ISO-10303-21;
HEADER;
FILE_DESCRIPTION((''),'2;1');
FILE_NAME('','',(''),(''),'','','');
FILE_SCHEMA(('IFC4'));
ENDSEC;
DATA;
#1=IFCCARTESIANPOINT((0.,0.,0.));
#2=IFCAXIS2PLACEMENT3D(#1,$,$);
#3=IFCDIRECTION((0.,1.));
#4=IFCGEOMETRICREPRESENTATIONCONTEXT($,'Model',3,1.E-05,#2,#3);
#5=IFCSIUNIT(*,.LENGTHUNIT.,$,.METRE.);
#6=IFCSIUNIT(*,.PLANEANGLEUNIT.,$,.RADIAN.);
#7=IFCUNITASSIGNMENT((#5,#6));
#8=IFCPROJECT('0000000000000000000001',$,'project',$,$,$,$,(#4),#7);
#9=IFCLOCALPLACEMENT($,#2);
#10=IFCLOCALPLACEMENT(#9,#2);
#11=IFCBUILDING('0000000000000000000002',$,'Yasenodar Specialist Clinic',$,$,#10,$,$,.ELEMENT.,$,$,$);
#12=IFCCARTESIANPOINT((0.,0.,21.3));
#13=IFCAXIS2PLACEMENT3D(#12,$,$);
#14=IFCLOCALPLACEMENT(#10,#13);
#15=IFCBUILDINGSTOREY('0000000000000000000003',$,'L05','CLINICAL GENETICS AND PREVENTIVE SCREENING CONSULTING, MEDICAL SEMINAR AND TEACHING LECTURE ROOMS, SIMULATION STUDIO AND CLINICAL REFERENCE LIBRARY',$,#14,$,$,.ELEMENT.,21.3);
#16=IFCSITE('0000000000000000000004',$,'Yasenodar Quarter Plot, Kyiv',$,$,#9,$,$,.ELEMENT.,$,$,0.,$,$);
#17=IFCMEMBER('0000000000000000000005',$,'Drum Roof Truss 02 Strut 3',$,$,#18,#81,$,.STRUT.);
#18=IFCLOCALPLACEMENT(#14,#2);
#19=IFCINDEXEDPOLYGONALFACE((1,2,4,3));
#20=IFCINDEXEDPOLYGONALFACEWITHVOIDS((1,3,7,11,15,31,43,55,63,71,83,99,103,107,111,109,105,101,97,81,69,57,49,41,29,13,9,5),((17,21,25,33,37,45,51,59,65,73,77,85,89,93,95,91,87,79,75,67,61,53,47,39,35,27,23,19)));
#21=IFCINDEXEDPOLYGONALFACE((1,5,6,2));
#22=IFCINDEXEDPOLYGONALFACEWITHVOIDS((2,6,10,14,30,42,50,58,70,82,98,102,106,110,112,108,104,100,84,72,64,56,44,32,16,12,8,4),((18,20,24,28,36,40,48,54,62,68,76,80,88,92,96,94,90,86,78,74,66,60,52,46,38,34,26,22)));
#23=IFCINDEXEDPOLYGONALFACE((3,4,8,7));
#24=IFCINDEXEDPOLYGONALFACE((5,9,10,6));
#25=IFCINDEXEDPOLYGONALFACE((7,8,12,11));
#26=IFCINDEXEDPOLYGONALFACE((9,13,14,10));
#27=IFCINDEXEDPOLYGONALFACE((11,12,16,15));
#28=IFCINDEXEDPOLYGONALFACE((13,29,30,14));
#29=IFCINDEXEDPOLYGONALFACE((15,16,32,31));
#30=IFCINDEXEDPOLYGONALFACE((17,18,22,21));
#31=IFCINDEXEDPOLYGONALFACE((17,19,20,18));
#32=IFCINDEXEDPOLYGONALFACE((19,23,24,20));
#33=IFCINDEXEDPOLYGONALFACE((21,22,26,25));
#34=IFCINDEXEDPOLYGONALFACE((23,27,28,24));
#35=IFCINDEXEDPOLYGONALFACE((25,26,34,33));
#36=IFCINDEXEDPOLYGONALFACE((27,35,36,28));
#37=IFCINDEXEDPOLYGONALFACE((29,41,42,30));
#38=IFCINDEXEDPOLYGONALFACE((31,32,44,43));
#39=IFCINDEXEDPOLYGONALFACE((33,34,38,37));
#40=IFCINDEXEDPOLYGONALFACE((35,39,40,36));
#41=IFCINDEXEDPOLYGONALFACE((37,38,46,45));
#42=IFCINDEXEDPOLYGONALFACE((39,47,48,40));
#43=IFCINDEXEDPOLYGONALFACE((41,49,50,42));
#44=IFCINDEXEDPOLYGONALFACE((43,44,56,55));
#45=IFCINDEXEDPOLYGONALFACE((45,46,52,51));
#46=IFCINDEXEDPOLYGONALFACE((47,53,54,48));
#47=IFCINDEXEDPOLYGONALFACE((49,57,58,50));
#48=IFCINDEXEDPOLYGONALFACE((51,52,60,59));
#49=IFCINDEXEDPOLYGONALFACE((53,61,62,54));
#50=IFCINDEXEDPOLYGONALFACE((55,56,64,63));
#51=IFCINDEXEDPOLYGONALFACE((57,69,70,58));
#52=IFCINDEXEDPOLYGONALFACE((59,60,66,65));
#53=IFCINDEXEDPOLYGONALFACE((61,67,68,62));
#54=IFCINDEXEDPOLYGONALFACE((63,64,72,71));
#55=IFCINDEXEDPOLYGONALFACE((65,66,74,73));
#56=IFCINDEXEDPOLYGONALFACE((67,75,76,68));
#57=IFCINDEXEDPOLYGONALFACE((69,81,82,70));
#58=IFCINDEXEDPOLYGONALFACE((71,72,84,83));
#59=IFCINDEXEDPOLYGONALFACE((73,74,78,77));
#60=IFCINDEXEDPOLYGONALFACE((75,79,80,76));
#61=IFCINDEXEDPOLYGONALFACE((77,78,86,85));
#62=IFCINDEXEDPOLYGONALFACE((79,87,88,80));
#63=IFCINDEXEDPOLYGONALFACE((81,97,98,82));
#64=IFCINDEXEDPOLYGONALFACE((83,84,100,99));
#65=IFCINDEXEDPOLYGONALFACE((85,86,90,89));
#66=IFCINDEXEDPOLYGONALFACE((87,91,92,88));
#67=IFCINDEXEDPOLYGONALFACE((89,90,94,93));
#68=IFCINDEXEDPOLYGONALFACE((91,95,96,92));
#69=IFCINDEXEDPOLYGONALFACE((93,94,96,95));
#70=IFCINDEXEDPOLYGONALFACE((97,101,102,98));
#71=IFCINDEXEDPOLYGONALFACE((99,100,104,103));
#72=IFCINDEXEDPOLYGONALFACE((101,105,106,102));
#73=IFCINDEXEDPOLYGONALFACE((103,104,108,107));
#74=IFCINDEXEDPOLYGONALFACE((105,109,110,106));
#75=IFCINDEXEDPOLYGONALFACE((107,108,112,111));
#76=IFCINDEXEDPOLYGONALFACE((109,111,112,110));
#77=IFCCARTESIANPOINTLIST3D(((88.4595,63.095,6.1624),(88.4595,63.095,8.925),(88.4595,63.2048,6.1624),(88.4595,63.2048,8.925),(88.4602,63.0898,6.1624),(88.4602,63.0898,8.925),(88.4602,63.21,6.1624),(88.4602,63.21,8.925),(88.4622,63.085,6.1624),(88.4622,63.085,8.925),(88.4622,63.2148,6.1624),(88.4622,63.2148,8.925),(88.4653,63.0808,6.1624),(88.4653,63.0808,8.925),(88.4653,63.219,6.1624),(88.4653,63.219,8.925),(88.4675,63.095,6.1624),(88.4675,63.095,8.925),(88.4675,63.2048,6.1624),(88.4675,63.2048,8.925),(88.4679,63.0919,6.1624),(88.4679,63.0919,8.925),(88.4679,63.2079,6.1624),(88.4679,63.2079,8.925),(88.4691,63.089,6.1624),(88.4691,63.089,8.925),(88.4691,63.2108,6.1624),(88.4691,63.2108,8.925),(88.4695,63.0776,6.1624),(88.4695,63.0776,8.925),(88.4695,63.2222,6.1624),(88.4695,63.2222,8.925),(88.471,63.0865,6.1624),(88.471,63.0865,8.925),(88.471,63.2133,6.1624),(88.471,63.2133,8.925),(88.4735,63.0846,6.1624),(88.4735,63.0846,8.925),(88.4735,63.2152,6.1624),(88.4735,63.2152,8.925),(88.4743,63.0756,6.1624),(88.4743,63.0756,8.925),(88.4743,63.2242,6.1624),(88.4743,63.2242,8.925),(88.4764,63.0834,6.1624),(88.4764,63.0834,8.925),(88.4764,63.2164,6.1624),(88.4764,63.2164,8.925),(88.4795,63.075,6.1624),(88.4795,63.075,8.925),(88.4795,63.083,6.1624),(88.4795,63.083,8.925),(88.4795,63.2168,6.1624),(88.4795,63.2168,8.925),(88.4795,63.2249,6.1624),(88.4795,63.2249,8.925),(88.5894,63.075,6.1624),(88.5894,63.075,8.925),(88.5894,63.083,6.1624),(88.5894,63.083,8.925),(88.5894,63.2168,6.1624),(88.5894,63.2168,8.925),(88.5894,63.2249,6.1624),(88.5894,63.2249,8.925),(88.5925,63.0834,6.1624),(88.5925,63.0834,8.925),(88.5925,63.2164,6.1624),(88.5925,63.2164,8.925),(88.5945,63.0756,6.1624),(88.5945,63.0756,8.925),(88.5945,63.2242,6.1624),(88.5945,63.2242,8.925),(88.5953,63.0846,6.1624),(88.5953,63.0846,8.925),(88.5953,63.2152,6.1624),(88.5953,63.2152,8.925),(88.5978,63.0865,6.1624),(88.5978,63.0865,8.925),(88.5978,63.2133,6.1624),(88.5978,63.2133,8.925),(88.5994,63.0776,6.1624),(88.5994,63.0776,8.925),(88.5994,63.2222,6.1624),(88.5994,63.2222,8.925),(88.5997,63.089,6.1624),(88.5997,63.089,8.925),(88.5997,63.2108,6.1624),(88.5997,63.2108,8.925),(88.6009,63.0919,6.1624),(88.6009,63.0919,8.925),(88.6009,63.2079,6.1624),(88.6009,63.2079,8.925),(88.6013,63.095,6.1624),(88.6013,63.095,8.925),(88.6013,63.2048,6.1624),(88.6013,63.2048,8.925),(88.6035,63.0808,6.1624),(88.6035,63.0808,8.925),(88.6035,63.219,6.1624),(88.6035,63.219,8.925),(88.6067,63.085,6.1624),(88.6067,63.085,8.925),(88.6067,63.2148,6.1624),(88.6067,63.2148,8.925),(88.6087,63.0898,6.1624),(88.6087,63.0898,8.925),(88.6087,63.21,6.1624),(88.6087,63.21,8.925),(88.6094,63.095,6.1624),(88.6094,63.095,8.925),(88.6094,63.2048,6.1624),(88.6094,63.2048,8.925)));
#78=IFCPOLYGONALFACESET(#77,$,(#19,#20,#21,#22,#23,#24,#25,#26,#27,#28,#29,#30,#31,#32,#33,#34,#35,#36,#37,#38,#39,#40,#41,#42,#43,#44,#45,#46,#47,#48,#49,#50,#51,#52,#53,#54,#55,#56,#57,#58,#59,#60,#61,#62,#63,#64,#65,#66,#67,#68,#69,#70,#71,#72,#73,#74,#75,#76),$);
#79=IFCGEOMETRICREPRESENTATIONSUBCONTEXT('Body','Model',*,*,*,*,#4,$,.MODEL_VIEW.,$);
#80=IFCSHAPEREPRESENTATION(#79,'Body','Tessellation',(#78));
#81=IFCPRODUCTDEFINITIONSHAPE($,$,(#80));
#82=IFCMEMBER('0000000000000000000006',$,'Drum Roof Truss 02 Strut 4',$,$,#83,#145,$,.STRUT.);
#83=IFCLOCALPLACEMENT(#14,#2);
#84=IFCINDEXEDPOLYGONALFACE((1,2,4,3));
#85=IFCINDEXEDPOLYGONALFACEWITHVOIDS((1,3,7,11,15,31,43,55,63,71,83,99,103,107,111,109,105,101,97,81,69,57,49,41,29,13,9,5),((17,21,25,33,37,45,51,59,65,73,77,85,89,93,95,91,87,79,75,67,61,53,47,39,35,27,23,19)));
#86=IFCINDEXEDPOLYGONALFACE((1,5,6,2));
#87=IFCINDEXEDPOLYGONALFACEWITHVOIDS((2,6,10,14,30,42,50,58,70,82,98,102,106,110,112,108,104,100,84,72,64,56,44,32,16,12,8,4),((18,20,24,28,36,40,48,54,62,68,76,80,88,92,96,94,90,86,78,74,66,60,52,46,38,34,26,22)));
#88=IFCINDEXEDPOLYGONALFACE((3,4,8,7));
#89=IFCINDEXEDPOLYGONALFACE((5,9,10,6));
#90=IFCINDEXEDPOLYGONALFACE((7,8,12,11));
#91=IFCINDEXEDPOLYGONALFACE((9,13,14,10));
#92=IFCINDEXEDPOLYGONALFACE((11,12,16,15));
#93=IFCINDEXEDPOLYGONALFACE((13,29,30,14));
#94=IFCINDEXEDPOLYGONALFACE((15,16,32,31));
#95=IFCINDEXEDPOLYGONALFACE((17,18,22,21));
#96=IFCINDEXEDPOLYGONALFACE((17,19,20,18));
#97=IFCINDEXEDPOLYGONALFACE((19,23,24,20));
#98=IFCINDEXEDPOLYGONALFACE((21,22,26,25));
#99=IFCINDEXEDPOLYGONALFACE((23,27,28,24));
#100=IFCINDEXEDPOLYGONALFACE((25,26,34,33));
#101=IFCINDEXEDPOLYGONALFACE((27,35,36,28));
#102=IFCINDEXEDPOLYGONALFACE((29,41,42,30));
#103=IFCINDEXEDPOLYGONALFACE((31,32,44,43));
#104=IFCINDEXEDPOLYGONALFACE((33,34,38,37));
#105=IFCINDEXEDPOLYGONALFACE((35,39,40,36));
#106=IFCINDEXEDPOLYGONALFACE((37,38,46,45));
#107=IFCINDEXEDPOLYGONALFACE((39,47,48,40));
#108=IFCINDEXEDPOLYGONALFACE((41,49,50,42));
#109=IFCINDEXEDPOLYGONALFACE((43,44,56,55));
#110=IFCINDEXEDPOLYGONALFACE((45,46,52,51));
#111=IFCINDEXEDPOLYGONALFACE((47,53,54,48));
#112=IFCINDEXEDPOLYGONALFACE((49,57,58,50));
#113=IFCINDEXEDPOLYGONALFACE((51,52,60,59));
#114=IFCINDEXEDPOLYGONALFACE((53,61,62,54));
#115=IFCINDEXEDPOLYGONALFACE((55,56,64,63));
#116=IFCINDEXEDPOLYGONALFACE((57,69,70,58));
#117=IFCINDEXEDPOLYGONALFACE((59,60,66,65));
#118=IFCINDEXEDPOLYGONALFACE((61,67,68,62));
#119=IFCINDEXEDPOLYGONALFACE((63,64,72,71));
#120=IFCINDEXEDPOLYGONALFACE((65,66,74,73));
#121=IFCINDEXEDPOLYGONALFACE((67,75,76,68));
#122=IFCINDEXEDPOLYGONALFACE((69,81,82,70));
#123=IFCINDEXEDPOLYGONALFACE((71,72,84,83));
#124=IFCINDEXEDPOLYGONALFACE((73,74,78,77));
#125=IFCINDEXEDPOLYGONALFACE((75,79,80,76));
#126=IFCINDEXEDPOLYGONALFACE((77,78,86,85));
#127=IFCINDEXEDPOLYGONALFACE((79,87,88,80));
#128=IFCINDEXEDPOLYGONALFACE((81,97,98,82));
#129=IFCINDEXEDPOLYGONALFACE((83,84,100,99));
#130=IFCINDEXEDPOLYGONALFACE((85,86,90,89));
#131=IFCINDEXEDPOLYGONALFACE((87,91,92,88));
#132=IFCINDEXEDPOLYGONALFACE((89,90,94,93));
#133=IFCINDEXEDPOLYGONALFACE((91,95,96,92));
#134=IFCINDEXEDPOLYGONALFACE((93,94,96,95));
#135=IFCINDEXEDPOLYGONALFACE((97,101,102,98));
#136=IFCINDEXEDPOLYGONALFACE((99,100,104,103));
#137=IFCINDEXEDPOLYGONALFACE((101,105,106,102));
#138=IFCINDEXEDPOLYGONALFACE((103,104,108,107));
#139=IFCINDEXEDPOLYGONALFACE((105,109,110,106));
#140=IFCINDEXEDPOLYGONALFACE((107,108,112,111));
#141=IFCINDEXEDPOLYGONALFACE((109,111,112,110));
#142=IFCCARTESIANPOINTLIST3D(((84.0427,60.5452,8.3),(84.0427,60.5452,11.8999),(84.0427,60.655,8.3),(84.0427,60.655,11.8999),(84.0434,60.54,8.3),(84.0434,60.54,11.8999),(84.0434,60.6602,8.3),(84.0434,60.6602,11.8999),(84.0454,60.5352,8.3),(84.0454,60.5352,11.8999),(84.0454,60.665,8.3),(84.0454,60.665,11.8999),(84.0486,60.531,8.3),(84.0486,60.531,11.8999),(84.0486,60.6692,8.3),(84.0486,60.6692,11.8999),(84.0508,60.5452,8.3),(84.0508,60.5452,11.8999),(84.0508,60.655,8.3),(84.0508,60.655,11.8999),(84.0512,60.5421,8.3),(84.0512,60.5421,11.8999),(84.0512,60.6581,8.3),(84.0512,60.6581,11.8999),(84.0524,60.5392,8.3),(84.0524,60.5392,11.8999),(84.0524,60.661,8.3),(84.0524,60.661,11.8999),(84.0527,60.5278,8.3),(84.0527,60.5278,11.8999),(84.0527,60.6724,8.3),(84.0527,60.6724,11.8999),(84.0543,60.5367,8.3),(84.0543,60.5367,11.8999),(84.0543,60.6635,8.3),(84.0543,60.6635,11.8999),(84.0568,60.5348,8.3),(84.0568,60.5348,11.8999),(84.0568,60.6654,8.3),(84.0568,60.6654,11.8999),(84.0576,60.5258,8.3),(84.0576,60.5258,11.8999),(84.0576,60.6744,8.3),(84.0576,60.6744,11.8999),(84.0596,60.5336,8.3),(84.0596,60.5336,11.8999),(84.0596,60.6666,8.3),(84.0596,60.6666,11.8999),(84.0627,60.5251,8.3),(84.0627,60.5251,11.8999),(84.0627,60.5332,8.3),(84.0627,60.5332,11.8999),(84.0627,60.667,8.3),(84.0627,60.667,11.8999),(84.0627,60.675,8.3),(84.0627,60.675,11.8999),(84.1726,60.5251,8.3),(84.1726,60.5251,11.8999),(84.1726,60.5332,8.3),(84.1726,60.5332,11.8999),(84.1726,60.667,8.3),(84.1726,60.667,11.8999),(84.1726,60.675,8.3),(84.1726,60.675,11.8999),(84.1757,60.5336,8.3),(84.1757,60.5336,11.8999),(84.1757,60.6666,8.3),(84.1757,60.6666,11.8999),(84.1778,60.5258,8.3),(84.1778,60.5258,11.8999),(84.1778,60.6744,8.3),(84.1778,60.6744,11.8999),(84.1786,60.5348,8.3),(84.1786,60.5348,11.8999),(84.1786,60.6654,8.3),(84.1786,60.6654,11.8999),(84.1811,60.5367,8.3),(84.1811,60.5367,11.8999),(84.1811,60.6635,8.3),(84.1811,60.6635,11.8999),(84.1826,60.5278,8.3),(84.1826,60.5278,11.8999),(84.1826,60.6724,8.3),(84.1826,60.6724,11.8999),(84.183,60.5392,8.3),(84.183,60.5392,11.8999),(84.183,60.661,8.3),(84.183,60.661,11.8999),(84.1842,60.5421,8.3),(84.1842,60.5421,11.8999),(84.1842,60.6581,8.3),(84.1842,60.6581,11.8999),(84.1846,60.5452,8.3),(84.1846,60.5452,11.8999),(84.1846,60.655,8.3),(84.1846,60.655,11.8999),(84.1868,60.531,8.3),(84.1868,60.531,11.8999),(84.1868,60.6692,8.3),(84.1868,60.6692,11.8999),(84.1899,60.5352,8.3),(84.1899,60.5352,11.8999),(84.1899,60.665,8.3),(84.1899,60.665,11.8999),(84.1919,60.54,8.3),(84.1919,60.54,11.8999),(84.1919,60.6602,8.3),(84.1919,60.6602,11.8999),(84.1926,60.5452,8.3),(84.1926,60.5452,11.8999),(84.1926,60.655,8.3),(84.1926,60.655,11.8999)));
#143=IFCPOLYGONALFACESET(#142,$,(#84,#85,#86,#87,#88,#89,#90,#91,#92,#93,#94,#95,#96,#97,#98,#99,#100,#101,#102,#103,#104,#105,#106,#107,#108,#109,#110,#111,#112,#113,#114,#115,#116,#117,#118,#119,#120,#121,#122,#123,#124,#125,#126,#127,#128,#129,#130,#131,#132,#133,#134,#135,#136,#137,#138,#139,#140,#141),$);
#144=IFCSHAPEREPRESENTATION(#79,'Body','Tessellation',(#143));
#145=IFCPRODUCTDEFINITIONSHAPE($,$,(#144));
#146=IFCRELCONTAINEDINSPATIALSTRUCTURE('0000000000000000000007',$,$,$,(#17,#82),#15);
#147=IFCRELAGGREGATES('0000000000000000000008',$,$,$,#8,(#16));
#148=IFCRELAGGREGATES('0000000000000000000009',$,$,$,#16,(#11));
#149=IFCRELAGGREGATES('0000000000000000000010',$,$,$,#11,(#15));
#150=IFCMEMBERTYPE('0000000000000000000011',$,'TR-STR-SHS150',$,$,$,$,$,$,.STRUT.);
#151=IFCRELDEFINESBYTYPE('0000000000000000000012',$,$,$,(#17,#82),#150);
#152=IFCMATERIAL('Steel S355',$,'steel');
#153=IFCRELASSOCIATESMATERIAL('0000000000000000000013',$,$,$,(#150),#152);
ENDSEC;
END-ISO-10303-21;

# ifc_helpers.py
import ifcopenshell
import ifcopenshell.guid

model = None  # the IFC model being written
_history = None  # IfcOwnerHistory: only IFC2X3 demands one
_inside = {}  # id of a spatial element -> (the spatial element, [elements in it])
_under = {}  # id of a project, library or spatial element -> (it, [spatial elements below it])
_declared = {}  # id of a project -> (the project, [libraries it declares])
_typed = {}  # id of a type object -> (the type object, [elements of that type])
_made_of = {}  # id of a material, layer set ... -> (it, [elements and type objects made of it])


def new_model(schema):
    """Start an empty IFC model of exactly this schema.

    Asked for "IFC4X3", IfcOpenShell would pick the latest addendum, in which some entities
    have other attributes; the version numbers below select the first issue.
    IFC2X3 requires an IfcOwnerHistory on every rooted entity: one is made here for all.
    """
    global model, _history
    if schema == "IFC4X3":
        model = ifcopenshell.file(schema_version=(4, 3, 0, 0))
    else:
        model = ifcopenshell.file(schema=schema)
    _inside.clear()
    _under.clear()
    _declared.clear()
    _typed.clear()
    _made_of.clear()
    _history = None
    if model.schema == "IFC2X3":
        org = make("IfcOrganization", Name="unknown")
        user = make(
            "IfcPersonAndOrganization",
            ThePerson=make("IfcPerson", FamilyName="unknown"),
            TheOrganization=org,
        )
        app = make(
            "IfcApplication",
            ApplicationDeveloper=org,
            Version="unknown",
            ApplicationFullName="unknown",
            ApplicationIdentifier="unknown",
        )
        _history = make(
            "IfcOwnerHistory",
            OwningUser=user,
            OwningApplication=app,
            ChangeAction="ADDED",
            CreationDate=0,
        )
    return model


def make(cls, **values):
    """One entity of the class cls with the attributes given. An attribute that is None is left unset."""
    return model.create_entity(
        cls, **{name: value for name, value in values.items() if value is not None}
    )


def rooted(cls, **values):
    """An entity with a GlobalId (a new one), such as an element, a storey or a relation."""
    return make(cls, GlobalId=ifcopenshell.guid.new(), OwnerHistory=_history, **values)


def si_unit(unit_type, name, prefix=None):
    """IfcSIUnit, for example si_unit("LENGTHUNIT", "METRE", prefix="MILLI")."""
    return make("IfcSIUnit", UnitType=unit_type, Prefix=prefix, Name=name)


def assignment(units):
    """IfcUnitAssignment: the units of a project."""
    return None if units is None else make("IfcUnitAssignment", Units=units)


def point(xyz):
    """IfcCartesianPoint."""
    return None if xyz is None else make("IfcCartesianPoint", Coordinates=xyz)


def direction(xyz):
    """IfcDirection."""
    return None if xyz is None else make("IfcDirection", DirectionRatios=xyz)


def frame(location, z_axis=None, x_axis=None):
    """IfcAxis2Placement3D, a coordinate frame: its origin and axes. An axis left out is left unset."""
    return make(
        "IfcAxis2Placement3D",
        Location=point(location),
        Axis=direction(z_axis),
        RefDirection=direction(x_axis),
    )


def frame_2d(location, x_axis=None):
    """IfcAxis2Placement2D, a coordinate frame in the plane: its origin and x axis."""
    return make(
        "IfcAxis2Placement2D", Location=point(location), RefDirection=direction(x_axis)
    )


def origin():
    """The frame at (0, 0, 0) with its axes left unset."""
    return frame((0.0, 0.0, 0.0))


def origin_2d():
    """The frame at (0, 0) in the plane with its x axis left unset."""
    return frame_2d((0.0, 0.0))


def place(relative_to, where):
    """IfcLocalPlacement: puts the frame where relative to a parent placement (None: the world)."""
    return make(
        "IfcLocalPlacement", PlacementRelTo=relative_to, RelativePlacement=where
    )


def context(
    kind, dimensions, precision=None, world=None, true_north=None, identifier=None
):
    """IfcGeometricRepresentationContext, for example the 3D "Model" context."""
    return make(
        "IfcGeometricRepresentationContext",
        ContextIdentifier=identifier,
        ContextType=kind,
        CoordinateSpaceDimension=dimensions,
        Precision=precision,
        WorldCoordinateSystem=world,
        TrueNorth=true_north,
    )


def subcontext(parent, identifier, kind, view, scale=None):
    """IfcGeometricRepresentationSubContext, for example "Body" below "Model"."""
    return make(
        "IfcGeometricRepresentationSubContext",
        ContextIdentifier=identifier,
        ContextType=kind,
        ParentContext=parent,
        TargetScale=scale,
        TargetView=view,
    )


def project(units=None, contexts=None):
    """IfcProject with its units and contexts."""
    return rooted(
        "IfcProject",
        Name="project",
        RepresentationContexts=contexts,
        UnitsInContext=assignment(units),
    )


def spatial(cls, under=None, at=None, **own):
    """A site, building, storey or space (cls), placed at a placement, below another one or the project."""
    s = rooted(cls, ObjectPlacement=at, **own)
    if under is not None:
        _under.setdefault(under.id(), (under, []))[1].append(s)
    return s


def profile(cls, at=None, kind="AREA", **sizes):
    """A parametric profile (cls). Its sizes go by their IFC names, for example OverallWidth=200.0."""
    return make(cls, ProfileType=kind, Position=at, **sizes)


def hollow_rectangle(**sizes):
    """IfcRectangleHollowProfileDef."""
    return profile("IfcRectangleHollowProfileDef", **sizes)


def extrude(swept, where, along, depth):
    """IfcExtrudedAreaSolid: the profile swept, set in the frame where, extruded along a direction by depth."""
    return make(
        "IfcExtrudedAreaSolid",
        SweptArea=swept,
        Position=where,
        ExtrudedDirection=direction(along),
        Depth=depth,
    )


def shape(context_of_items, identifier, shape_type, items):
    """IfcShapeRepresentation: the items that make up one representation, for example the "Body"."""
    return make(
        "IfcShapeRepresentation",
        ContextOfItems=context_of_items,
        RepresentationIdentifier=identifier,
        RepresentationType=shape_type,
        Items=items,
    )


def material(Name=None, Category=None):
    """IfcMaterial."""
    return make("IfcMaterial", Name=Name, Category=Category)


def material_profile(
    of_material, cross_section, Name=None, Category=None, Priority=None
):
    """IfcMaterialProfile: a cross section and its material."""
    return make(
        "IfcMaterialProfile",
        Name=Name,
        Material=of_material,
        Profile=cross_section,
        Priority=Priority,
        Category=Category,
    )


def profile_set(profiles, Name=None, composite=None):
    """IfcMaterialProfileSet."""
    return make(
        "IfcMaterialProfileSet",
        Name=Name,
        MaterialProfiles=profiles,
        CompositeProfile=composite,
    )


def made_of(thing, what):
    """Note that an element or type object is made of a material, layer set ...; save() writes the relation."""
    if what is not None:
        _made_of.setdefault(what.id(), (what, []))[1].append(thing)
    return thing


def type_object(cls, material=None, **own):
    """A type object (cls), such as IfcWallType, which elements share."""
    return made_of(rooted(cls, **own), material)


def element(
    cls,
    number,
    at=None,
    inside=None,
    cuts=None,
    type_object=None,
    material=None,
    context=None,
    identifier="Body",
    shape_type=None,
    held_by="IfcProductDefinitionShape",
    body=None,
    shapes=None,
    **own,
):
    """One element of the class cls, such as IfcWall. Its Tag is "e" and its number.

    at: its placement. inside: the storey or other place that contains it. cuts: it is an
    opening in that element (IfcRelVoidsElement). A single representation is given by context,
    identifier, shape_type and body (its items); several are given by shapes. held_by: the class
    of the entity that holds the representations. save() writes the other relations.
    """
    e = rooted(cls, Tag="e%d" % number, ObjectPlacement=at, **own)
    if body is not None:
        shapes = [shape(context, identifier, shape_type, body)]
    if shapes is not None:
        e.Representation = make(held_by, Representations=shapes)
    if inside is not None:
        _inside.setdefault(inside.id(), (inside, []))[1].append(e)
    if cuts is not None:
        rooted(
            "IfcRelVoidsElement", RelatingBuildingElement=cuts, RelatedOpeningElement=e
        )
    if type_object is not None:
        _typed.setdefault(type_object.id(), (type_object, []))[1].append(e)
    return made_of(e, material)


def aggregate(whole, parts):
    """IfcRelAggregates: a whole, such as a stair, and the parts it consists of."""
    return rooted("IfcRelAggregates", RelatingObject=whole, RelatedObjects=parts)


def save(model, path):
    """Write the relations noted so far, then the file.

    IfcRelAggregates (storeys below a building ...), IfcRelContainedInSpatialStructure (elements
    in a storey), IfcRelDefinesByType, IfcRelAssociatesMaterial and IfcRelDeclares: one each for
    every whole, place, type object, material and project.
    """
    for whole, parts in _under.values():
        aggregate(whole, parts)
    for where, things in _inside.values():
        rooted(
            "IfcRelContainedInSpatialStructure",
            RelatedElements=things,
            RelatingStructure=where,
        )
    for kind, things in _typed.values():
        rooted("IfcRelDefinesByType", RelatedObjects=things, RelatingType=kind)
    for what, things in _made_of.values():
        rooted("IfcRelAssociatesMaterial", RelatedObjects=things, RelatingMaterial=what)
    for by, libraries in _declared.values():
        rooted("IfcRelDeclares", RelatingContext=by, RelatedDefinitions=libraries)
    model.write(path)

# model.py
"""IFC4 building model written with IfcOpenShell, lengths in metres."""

from ifc_helpers import new_model, si_unit, direction, frame, origin, origin_2d, place, context, subcontext, project, spatial, hollow_rectangle, extrude, material, material_profile, profile_set, type_object, element, save


model = new_model("IFC4")

# Units and contexts
model_context = context("Model", 3, precision=1e-05, world=origin(), true_north=direction((0.0, 1.0)))
body_context = subcontext(model_context, "Body", "Model", "MODEL_VIEW")
ifc_project = project(units=[si_unit("LENGTHUNIT", "METRE"), si_unit("PLANEANGLEUNIT", "RADIAN")], contexts=[model_context])

# Site, building, storey
site_placement = place(None, origin())
site = spatial("IfcSite", under=ifc_project, at=site_placement, Name="Yasenodar Quarter Plot, Kyiv", CompositionType="ELEMENT", RefElevation=0.0)
building_placement = place(site_placement, origin())
building = spatial("IfcBuilding", under=site, at=building_placement, Name="Yasenodar Specialist Clinic", CompositionType="ELEMENT")
storey_placement = place(building_placement, frame((0.0, 0.0, 21.3)))
storey = spatial("IfcBuildingStorey", under=building, at=storey_placement, Name="L05", Description="CLINICAL GENETICS AND PREVENTIVE SCREENING CONSULTING, MEDICAL SEMINAR AND TEACHING LECTURE ROOMS, SIMULATION STUDIO AND CLINICAL REFERENCE LIBRARY", CompositionType="ELEMENT", Elevation=21.3)

# Shared definitions
ifc_material = material(Name="Steel S355", Category="steel")

# Members
ifc_material_profile_1 = material_profile(ifc_material, hollow_rectangle(XDim=0.1499, YDim=0.1499, WallThickness=0.0081, InnerFilletRadius=0.012, OuterFilletRadius=0.02, at=origin_2d()), Name="SHS 150x150x8")
ifc_profile_set_1 = profile_set([ifc_material_profile_1], Name="Steel S355")
member_type_1 = type_object("IfcMemberType", Name="TR-STR-SHS150", PredefinedType="STRUT", material=ifc_profile_set_1)
for number, where, z_axis, x_axis, name in (
    (1, (88.5344, 63.1499, 6.1624), (0.0, 0.0, 1.0), (1.0, 0.0, 0.0), "Drum Roof Truss 02 Strut 3"),
):
    element("IfcMember", number, at=place(storey_placement, frame(where, z_axis=z_axis, x_axis=x_axis)), inside=storey, type_object=member_type_1, Name=name, PredefinedType="STRUT", context=body_context, shape_type="SweptSolid", body=[
        extrude(hollow_rectangle(XDim=0.1499, YDim=0.1499, WallThickness=0.0081, InnerFilletRadius=0.012, OuterFilletRadius=0.02, at=origin_2d()), origin(), (0.0, 0.0, 1.0), 2.7627),
    ])
member_1_placement = place(storey_placement, frame((84.1177, 60.6001, 8.3), z_axis=(0.0, 0.0, 1.0), x_axis=(1.0, 0.0, 0.0)))
element("IfcMember", 2, at=member_1_placement, inside=storey, type_object=member_type_1, Name="Drum Roof Truss 02 Strut 4", PredefinedType="STRUT", context=body_context, shape_type="SweptSolid", body=[
    extrude(hollow_rectangle(XDim=0.1499, YDim=0.1499, WallThickness=0.0081, InnerFilletRadius=0.012, OuterFilletRadius=0.02, at=origin_2d()), origin(), (0.0, 0.0, 1.0), 3.5999),
])

save(model, "model.ifc")
